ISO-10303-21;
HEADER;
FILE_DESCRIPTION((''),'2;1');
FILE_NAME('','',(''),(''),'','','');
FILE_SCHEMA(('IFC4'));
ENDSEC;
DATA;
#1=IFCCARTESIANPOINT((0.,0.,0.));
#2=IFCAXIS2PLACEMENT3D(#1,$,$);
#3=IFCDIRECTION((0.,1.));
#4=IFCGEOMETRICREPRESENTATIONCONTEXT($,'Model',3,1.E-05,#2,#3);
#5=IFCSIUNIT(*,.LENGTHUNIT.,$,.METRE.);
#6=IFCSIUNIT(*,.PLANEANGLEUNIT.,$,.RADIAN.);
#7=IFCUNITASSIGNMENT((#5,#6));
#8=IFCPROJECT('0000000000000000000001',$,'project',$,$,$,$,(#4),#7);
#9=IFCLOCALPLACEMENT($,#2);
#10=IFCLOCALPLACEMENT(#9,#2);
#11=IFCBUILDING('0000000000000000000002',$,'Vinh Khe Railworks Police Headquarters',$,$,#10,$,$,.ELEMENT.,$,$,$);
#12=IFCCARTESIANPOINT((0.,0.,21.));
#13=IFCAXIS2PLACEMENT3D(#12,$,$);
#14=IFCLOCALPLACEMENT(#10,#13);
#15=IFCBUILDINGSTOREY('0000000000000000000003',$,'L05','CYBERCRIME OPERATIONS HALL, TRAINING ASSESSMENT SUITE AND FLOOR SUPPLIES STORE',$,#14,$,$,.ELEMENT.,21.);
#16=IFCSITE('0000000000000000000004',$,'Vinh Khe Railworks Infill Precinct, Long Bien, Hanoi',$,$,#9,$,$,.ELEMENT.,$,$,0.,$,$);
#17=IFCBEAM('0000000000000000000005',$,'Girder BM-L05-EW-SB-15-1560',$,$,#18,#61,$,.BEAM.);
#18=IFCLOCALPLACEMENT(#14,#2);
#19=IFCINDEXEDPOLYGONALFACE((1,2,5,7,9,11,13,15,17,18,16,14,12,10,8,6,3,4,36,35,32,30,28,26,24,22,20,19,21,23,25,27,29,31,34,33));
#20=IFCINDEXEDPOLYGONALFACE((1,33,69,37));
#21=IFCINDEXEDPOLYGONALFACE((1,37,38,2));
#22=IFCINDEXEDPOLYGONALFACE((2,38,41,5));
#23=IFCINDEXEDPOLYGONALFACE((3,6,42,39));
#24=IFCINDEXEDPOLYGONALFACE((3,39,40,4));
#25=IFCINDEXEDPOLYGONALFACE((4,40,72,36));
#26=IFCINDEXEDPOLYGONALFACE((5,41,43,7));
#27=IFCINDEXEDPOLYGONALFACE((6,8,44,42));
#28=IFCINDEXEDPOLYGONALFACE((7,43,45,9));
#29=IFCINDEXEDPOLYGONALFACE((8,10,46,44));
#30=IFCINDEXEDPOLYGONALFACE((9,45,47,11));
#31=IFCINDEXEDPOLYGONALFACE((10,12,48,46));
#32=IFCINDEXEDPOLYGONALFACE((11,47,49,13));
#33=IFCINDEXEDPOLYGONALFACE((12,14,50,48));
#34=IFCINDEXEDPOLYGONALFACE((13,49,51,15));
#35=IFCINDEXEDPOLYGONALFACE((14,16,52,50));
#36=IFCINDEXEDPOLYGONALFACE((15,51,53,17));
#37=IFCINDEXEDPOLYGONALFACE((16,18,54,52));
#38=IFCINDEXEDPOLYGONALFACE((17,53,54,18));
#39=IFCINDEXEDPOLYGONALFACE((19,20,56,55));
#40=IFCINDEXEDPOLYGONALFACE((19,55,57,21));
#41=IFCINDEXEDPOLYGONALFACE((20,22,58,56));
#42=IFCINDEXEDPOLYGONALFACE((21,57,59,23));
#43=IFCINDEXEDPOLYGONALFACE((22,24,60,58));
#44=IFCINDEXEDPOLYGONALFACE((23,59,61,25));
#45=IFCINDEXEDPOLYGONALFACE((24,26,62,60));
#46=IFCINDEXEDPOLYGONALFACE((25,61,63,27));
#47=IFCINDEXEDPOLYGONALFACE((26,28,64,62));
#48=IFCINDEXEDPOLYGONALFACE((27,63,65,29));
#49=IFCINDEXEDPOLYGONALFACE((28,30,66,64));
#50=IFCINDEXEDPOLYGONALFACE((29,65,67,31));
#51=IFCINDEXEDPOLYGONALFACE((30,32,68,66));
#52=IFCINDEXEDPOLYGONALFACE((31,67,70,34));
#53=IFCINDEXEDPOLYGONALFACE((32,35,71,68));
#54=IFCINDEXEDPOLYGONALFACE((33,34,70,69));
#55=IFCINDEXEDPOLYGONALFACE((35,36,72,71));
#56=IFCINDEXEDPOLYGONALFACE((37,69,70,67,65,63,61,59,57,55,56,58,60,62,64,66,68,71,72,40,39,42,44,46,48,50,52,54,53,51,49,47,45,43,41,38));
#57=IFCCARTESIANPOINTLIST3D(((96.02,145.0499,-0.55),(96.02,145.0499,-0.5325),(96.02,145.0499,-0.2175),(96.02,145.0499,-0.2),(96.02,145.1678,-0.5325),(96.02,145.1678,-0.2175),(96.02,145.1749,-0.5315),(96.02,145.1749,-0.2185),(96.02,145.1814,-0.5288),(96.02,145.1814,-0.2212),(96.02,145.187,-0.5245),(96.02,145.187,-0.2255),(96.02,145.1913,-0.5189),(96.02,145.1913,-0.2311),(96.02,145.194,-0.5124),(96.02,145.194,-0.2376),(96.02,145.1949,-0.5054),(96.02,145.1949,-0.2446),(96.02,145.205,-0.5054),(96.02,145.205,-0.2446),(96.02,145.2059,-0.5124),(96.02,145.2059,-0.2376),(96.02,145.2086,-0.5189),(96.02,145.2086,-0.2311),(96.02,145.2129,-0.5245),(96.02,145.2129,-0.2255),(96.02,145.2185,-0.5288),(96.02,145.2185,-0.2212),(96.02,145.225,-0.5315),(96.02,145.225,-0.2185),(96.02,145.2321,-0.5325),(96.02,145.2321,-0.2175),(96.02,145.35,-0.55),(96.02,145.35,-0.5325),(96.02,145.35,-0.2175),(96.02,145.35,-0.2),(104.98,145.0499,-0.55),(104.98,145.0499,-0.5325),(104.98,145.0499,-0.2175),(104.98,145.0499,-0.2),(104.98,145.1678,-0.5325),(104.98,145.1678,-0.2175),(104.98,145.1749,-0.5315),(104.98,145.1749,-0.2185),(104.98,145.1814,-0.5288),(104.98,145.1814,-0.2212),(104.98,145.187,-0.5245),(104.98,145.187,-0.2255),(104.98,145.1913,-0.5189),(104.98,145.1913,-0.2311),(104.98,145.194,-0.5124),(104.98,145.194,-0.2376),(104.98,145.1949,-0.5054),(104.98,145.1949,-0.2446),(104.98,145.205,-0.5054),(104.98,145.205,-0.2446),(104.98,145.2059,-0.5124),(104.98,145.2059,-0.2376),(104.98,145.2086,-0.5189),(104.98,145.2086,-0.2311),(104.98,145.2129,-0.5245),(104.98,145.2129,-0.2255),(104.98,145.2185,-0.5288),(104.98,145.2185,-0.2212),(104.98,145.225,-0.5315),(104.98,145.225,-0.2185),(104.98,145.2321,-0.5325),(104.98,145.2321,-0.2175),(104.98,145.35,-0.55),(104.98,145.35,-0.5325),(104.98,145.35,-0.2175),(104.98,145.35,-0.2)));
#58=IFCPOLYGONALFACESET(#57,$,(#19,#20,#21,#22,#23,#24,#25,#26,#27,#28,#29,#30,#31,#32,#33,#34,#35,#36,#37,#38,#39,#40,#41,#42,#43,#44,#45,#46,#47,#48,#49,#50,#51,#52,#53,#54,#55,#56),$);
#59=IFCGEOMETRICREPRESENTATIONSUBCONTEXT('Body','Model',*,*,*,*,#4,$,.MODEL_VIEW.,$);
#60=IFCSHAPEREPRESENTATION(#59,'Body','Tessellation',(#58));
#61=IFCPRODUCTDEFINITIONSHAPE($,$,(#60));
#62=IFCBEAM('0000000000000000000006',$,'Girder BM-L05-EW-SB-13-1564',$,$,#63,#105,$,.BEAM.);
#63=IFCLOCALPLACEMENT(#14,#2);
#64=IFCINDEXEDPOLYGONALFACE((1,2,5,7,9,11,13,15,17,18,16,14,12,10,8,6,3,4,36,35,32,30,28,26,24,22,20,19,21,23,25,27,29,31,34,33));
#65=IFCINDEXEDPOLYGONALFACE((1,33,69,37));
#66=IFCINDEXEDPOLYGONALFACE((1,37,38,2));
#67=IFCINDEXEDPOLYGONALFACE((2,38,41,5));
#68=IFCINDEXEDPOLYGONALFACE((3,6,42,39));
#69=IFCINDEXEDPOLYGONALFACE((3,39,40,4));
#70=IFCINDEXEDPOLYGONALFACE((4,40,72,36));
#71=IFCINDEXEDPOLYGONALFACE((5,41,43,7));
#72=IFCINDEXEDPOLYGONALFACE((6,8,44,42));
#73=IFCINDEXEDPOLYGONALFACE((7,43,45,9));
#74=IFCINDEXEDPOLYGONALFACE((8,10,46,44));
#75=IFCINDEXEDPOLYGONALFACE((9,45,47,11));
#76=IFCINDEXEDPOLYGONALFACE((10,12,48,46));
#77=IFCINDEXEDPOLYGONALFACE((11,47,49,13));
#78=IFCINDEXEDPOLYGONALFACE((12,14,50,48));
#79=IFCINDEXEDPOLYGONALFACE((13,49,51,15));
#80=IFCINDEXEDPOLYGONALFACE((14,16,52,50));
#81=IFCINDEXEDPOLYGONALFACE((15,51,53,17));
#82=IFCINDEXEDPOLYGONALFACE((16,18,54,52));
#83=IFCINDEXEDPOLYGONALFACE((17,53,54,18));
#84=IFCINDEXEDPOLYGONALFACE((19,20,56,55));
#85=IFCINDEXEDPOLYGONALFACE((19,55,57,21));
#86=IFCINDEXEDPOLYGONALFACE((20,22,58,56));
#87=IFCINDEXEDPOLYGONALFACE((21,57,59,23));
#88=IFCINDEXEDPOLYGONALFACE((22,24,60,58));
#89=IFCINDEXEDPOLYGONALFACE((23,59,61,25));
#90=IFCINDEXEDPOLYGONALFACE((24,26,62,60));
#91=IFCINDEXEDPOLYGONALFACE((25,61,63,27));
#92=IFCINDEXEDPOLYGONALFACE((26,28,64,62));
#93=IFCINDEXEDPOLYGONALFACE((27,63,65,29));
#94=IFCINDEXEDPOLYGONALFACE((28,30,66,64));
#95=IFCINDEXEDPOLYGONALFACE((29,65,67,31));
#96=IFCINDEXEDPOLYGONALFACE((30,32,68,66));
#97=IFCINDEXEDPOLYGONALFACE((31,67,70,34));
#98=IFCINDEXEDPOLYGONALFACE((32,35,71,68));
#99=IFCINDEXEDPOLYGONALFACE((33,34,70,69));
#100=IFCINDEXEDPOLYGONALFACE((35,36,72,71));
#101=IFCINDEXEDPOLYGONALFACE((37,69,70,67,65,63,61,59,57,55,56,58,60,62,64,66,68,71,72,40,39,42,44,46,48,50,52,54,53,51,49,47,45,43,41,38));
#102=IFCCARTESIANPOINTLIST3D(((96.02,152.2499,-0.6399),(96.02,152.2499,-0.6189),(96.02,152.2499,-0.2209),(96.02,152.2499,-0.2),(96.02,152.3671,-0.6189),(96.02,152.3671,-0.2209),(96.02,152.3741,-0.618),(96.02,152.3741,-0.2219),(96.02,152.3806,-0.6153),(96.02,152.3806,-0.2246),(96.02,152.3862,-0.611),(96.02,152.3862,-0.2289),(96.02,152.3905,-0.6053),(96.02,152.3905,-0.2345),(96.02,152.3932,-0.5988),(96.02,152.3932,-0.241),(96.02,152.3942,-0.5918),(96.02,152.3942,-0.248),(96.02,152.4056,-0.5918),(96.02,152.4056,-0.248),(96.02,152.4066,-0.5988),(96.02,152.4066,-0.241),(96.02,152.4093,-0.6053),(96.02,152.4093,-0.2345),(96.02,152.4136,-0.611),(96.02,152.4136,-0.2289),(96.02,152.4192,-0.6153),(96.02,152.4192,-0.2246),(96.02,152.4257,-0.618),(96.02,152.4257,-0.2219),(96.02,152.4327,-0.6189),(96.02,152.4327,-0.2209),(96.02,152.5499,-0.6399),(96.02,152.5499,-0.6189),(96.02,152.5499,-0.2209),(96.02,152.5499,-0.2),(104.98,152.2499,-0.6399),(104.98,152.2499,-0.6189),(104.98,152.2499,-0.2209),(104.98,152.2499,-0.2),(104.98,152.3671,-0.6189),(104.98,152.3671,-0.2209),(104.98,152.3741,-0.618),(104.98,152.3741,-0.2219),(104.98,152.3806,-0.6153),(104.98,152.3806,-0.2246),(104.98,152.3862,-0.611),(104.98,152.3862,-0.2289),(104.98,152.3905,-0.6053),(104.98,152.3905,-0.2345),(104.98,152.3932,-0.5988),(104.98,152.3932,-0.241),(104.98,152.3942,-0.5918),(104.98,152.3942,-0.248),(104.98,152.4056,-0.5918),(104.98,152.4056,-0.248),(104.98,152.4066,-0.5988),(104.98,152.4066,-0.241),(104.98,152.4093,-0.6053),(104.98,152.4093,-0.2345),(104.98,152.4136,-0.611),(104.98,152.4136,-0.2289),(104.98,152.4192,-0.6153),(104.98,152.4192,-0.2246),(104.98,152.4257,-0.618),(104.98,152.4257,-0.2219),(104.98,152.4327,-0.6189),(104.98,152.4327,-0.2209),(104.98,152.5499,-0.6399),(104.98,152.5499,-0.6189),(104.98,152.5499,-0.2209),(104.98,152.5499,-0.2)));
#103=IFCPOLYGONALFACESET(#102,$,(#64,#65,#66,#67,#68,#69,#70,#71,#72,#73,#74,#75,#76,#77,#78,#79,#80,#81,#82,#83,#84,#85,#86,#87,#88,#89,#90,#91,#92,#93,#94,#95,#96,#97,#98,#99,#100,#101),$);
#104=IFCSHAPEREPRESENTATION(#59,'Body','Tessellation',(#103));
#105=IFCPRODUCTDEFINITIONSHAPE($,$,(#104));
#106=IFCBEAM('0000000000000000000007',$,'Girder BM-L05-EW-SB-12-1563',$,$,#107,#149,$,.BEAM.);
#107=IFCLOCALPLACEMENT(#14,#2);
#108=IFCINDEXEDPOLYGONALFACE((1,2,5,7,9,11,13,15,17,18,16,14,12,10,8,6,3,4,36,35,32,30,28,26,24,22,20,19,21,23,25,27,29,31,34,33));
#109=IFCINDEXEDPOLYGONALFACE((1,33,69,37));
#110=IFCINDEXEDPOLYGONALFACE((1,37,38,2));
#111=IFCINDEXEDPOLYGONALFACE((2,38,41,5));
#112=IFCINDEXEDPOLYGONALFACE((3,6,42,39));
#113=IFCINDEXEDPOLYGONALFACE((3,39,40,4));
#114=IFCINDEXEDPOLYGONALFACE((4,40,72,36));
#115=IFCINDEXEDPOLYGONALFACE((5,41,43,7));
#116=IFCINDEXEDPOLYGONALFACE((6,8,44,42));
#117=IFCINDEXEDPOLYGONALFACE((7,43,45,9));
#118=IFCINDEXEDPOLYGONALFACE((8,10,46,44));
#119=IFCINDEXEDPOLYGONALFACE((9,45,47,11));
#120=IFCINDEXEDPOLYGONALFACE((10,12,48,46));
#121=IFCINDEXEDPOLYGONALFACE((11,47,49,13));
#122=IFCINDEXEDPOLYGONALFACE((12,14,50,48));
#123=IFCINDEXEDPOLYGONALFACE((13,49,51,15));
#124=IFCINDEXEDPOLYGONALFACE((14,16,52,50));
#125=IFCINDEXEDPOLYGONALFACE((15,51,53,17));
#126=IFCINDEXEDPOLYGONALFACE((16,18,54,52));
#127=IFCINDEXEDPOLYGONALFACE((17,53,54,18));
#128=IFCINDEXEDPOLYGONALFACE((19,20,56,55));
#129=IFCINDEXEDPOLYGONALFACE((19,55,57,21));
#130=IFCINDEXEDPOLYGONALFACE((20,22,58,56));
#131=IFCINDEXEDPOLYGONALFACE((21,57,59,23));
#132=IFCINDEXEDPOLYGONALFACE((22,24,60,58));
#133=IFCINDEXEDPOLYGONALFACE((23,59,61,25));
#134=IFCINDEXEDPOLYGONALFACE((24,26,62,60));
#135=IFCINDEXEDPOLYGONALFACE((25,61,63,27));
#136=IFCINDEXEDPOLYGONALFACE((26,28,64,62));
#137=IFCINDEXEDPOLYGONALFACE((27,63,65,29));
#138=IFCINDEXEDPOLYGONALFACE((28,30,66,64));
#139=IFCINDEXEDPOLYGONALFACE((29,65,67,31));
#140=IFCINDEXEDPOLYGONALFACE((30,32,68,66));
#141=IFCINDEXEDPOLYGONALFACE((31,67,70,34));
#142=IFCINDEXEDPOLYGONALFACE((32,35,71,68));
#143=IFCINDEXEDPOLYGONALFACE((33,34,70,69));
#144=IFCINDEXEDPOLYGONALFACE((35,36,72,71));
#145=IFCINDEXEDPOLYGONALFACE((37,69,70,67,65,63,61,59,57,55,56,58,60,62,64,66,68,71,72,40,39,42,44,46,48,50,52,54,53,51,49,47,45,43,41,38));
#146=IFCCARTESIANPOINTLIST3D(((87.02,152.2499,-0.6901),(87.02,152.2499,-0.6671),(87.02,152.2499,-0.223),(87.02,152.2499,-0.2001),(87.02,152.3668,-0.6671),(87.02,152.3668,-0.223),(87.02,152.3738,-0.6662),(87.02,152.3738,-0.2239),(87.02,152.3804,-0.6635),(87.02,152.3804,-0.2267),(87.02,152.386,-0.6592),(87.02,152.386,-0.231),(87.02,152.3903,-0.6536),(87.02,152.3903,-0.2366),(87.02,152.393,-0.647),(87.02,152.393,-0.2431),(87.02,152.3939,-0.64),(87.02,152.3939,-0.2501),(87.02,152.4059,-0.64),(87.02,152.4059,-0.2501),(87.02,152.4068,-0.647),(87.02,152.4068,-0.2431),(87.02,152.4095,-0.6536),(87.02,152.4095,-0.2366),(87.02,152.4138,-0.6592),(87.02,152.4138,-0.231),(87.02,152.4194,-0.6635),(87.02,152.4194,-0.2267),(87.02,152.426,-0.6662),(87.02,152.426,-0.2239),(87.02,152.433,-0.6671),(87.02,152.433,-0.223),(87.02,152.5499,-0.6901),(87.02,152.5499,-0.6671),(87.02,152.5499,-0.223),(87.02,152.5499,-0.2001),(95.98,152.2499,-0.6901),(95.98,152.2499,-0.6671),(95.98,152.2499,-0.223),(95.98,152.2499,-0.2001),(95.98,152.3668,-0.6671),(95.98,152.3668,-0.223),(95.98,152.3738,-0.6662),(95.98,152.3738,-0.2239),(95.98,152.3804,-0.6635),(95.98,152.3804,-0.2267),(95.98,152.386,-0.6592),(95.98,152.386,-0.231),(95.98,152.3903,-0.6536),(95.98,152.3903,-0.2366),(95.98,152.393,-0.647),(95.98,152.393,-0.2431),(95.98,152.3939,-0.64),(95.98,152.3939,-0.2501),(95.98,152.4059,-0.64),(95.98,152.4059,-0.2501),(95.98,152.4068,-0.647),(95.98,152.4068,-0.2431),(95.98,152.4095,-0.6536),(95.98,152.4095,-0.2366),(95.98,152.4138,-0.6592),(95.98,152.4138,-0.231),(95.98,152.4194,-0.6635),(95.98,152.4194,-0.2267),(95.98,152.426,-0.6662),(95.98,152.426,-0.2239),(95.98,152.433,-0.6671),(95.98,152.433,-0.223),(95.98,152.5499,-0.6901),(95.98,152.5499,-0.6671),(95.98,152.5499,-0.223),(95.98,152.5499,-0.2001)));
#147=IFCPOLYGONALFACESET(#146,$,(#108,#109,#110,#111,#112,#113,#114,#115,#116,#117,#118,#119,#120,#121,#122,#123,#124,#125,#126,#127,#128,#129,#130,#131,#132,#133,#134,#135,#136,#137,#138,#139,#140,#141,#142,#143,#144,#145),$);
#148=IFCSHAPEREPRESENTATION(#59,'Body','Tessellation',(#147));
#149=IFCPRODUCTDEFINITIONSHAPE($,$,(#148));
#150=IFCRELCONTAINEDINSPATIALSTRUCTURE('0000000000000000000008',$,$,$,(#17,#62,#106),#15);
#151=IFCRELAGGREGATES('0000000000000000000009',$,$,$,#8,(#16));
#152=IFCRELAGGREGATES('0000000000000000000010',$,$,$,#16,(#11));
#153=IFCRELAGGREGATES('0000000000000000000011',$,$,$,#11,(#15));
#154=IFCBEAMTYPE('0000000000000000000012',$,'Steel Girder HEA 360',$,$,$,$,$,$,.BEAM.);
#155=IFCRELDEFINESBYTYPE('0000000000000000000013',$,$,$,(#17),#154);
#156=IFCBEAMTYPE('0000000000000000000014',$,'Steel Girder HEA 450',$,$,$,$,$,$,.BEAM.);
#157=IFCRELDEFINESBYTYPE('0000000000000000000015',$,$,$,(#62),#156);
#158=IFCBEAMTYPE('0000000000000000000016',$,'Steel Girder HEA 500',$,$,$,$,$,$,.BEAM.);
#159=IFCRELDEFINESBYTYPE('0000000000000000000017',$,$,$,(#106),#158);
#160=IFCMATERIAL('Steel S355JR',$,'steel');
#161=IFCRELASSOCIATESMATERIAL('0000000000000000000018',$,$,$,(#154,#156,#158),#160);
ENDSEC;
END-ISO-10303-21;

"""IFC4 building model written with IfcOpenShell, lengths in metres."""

from ifc_helpers import new_model, si_unit, direction, frame, origin, origin_2d, place, context, subcontext, project, spatial, i_section, extrude, material, material_profile, profile_set, type_object, element, save


model = new_model("IFC4")

# Units and contexts
model_context = context("Model", 3, precision=1e-05, world=origin(), true_north=direction((0.0, 1.0)))
body_context = subcontext(model_context, "Body", "Model", "MODEL_VIEW")
ifc_project = project(units=[si_unit("LENGTHUNIT", "METRE"), si_unit("PLANEANGLEUNIT", "RADIAN")], contexts=[model_context])

# Site, building, storey
site_placement = place(None, origin())
site = spatial("IfcSite", under=ifc_project, at=site_placement, Name="Vinh Khe Railworks Infill Precinct, Long Bien, Hanoi", CompositionType="ELEMENT", RefElevation=0.0)
building_placement = place(site_placement, origin())
building = spatial("IfcBuilding", under=site, at=building_placement, Name="Vinh Khe Railworks Police Headquarters", CompositionType="ELEMENT")
storey_placement = place(building_placement, frame((0.0, 0.0, 21.0)))
storey = spatial("IfcBuildingStorey", under=building, at=storey_placement, Name="L05", Description="CYBERCRIME OPERATIONS HALL, TRAINING ASSESSMENT SUITE AND FLOOR SUPPLIES STORE", CompositionType="ELEMENT", Elevation=21.0)

# Shared definitions
ifc_material_1 = material(Name="Steel S355JR", Category="steel")

# Beams
ifc_material_profile_1 = material_profile(ifc_material_1, i_section(OverallWidth=0.3, OverallDepth=0.3501, WebThickness=0.01, FlangeThickness=0.0176, FilletRadius=0.0271, at=origin_2d()), Name="HEA 360")
ifc_profile_set_1 = profile_set([ifc_material_profile_1], Name="Steel S355JR")
beam_type_1 = type_object("IfcBeamType", Name="Steel Girder HEA 360", PredefinedType="BEAM", material=ifc_profile_set_1)
beam_1_placement = place(storey_placement, frame((96.02, 145.2, -0.375), z_axis=(1.0, 0.0, 0.0), x_axis=(0.0, 1.0, 0.0)))
element("IfcBeam", 1, at=beam_1_placement, inside=storey, type_object=beam_type_1, Name="Girder BM-L05-EW-SB-15-1560", PredefinedType="BEAM", context=body_context, shape_type="SweptSolid", body=[
    extrude(i_section(OverallWidth=0.3, OverallDepth=0.3501, WebThickness=0.01, FlangeThickness=0.0176, FilletRadius=0.0271, at=origin_2d()), origin(), (0.0, 0.0, 1.0), 8.96),
])
ifc_material_profile_2 = material_profile(ifc_material_1, i_section(OverallWidth=0.3, OverallDepth=0.4399, WebThickness=0.0115, FlangeThickness=0.021, FilletRadius=0.0271, at=origin_2d()), Name="HEA 450")
ifc_profile_set_2 = profile_set([ifc_material_profile_2], Name="Steel S355JR")
beam_type_2 = type_object("IfcBeamType", Name="Steel Girder HEA 450", PredefinedType="BEAM", material=ifc_profile_set_2)
beam_2_placement = place(storey_placement, frame((96.02, 152.3999, -0.4199), z_axis=(1.0, 0.0, 0.0), x_axis=(0.0, 1.0, 0.0)))
element("IfcBeam", 2, at=beam_2_placement, inside=storey, type_object=beam_type_2, Name="Girder BM-L05-EW-SB-13-1564", PredefinedType="BEAM", context=body_context, shape_type="SweptSolid", body=[
    extrude(i_section(OverallWidth=0.3, OverallDepth=0.4399, WebThickness=0.0115, FlangeThickness=0.021, FilletRadius=0.0271, at=origin_2d()), origin(), (0.0, 0.0, 1.0), 8.96),
])
ifc_material_profile_3 = material_profile(ifc_material_1, i_section(OverallWidth=0.3, OverallDepth=0.49, WebThickness=0.012, FlangeThickness=0.0229, FilletRadius=0.0271, at=origin_2d()), Name="HEA 500")
ifc_profile_set_3 = profile_set([ifc_material_profile_3], Name="Steel S355JR")
beam_type_3 = type_object("IfcBeamType", Name="Steel Girder HEA 500", PredefinedType="BEAM", material=ifc_profile_set_3)
beam_3_placement = place(storey_placement, frame((87.02, 152.3999, -0.4451), z_axis=(1.0, 0.0, 0.0), x_axis=(0.0, 1.0, 0.0)))
element("IfcBeam", 3, at=beam_3_placement, inside=storey, type_object=beam_type_3, Name="Girder BM-L05-EW-SB-12-1563", PredefinedType="BEAM", context=body_context, shape_type="SweptSolid", body=[
    extrude(i_section(OverallWidth=0.3, OverallDepth=0.49, WebThickness=0.012, FlangeThickness=0.0229, FilletRadius=0.0271, at=origin_2d()), origin(), (0.0, 0.0, 1.0), 8.96),
])

save(model, "model.ifc")
